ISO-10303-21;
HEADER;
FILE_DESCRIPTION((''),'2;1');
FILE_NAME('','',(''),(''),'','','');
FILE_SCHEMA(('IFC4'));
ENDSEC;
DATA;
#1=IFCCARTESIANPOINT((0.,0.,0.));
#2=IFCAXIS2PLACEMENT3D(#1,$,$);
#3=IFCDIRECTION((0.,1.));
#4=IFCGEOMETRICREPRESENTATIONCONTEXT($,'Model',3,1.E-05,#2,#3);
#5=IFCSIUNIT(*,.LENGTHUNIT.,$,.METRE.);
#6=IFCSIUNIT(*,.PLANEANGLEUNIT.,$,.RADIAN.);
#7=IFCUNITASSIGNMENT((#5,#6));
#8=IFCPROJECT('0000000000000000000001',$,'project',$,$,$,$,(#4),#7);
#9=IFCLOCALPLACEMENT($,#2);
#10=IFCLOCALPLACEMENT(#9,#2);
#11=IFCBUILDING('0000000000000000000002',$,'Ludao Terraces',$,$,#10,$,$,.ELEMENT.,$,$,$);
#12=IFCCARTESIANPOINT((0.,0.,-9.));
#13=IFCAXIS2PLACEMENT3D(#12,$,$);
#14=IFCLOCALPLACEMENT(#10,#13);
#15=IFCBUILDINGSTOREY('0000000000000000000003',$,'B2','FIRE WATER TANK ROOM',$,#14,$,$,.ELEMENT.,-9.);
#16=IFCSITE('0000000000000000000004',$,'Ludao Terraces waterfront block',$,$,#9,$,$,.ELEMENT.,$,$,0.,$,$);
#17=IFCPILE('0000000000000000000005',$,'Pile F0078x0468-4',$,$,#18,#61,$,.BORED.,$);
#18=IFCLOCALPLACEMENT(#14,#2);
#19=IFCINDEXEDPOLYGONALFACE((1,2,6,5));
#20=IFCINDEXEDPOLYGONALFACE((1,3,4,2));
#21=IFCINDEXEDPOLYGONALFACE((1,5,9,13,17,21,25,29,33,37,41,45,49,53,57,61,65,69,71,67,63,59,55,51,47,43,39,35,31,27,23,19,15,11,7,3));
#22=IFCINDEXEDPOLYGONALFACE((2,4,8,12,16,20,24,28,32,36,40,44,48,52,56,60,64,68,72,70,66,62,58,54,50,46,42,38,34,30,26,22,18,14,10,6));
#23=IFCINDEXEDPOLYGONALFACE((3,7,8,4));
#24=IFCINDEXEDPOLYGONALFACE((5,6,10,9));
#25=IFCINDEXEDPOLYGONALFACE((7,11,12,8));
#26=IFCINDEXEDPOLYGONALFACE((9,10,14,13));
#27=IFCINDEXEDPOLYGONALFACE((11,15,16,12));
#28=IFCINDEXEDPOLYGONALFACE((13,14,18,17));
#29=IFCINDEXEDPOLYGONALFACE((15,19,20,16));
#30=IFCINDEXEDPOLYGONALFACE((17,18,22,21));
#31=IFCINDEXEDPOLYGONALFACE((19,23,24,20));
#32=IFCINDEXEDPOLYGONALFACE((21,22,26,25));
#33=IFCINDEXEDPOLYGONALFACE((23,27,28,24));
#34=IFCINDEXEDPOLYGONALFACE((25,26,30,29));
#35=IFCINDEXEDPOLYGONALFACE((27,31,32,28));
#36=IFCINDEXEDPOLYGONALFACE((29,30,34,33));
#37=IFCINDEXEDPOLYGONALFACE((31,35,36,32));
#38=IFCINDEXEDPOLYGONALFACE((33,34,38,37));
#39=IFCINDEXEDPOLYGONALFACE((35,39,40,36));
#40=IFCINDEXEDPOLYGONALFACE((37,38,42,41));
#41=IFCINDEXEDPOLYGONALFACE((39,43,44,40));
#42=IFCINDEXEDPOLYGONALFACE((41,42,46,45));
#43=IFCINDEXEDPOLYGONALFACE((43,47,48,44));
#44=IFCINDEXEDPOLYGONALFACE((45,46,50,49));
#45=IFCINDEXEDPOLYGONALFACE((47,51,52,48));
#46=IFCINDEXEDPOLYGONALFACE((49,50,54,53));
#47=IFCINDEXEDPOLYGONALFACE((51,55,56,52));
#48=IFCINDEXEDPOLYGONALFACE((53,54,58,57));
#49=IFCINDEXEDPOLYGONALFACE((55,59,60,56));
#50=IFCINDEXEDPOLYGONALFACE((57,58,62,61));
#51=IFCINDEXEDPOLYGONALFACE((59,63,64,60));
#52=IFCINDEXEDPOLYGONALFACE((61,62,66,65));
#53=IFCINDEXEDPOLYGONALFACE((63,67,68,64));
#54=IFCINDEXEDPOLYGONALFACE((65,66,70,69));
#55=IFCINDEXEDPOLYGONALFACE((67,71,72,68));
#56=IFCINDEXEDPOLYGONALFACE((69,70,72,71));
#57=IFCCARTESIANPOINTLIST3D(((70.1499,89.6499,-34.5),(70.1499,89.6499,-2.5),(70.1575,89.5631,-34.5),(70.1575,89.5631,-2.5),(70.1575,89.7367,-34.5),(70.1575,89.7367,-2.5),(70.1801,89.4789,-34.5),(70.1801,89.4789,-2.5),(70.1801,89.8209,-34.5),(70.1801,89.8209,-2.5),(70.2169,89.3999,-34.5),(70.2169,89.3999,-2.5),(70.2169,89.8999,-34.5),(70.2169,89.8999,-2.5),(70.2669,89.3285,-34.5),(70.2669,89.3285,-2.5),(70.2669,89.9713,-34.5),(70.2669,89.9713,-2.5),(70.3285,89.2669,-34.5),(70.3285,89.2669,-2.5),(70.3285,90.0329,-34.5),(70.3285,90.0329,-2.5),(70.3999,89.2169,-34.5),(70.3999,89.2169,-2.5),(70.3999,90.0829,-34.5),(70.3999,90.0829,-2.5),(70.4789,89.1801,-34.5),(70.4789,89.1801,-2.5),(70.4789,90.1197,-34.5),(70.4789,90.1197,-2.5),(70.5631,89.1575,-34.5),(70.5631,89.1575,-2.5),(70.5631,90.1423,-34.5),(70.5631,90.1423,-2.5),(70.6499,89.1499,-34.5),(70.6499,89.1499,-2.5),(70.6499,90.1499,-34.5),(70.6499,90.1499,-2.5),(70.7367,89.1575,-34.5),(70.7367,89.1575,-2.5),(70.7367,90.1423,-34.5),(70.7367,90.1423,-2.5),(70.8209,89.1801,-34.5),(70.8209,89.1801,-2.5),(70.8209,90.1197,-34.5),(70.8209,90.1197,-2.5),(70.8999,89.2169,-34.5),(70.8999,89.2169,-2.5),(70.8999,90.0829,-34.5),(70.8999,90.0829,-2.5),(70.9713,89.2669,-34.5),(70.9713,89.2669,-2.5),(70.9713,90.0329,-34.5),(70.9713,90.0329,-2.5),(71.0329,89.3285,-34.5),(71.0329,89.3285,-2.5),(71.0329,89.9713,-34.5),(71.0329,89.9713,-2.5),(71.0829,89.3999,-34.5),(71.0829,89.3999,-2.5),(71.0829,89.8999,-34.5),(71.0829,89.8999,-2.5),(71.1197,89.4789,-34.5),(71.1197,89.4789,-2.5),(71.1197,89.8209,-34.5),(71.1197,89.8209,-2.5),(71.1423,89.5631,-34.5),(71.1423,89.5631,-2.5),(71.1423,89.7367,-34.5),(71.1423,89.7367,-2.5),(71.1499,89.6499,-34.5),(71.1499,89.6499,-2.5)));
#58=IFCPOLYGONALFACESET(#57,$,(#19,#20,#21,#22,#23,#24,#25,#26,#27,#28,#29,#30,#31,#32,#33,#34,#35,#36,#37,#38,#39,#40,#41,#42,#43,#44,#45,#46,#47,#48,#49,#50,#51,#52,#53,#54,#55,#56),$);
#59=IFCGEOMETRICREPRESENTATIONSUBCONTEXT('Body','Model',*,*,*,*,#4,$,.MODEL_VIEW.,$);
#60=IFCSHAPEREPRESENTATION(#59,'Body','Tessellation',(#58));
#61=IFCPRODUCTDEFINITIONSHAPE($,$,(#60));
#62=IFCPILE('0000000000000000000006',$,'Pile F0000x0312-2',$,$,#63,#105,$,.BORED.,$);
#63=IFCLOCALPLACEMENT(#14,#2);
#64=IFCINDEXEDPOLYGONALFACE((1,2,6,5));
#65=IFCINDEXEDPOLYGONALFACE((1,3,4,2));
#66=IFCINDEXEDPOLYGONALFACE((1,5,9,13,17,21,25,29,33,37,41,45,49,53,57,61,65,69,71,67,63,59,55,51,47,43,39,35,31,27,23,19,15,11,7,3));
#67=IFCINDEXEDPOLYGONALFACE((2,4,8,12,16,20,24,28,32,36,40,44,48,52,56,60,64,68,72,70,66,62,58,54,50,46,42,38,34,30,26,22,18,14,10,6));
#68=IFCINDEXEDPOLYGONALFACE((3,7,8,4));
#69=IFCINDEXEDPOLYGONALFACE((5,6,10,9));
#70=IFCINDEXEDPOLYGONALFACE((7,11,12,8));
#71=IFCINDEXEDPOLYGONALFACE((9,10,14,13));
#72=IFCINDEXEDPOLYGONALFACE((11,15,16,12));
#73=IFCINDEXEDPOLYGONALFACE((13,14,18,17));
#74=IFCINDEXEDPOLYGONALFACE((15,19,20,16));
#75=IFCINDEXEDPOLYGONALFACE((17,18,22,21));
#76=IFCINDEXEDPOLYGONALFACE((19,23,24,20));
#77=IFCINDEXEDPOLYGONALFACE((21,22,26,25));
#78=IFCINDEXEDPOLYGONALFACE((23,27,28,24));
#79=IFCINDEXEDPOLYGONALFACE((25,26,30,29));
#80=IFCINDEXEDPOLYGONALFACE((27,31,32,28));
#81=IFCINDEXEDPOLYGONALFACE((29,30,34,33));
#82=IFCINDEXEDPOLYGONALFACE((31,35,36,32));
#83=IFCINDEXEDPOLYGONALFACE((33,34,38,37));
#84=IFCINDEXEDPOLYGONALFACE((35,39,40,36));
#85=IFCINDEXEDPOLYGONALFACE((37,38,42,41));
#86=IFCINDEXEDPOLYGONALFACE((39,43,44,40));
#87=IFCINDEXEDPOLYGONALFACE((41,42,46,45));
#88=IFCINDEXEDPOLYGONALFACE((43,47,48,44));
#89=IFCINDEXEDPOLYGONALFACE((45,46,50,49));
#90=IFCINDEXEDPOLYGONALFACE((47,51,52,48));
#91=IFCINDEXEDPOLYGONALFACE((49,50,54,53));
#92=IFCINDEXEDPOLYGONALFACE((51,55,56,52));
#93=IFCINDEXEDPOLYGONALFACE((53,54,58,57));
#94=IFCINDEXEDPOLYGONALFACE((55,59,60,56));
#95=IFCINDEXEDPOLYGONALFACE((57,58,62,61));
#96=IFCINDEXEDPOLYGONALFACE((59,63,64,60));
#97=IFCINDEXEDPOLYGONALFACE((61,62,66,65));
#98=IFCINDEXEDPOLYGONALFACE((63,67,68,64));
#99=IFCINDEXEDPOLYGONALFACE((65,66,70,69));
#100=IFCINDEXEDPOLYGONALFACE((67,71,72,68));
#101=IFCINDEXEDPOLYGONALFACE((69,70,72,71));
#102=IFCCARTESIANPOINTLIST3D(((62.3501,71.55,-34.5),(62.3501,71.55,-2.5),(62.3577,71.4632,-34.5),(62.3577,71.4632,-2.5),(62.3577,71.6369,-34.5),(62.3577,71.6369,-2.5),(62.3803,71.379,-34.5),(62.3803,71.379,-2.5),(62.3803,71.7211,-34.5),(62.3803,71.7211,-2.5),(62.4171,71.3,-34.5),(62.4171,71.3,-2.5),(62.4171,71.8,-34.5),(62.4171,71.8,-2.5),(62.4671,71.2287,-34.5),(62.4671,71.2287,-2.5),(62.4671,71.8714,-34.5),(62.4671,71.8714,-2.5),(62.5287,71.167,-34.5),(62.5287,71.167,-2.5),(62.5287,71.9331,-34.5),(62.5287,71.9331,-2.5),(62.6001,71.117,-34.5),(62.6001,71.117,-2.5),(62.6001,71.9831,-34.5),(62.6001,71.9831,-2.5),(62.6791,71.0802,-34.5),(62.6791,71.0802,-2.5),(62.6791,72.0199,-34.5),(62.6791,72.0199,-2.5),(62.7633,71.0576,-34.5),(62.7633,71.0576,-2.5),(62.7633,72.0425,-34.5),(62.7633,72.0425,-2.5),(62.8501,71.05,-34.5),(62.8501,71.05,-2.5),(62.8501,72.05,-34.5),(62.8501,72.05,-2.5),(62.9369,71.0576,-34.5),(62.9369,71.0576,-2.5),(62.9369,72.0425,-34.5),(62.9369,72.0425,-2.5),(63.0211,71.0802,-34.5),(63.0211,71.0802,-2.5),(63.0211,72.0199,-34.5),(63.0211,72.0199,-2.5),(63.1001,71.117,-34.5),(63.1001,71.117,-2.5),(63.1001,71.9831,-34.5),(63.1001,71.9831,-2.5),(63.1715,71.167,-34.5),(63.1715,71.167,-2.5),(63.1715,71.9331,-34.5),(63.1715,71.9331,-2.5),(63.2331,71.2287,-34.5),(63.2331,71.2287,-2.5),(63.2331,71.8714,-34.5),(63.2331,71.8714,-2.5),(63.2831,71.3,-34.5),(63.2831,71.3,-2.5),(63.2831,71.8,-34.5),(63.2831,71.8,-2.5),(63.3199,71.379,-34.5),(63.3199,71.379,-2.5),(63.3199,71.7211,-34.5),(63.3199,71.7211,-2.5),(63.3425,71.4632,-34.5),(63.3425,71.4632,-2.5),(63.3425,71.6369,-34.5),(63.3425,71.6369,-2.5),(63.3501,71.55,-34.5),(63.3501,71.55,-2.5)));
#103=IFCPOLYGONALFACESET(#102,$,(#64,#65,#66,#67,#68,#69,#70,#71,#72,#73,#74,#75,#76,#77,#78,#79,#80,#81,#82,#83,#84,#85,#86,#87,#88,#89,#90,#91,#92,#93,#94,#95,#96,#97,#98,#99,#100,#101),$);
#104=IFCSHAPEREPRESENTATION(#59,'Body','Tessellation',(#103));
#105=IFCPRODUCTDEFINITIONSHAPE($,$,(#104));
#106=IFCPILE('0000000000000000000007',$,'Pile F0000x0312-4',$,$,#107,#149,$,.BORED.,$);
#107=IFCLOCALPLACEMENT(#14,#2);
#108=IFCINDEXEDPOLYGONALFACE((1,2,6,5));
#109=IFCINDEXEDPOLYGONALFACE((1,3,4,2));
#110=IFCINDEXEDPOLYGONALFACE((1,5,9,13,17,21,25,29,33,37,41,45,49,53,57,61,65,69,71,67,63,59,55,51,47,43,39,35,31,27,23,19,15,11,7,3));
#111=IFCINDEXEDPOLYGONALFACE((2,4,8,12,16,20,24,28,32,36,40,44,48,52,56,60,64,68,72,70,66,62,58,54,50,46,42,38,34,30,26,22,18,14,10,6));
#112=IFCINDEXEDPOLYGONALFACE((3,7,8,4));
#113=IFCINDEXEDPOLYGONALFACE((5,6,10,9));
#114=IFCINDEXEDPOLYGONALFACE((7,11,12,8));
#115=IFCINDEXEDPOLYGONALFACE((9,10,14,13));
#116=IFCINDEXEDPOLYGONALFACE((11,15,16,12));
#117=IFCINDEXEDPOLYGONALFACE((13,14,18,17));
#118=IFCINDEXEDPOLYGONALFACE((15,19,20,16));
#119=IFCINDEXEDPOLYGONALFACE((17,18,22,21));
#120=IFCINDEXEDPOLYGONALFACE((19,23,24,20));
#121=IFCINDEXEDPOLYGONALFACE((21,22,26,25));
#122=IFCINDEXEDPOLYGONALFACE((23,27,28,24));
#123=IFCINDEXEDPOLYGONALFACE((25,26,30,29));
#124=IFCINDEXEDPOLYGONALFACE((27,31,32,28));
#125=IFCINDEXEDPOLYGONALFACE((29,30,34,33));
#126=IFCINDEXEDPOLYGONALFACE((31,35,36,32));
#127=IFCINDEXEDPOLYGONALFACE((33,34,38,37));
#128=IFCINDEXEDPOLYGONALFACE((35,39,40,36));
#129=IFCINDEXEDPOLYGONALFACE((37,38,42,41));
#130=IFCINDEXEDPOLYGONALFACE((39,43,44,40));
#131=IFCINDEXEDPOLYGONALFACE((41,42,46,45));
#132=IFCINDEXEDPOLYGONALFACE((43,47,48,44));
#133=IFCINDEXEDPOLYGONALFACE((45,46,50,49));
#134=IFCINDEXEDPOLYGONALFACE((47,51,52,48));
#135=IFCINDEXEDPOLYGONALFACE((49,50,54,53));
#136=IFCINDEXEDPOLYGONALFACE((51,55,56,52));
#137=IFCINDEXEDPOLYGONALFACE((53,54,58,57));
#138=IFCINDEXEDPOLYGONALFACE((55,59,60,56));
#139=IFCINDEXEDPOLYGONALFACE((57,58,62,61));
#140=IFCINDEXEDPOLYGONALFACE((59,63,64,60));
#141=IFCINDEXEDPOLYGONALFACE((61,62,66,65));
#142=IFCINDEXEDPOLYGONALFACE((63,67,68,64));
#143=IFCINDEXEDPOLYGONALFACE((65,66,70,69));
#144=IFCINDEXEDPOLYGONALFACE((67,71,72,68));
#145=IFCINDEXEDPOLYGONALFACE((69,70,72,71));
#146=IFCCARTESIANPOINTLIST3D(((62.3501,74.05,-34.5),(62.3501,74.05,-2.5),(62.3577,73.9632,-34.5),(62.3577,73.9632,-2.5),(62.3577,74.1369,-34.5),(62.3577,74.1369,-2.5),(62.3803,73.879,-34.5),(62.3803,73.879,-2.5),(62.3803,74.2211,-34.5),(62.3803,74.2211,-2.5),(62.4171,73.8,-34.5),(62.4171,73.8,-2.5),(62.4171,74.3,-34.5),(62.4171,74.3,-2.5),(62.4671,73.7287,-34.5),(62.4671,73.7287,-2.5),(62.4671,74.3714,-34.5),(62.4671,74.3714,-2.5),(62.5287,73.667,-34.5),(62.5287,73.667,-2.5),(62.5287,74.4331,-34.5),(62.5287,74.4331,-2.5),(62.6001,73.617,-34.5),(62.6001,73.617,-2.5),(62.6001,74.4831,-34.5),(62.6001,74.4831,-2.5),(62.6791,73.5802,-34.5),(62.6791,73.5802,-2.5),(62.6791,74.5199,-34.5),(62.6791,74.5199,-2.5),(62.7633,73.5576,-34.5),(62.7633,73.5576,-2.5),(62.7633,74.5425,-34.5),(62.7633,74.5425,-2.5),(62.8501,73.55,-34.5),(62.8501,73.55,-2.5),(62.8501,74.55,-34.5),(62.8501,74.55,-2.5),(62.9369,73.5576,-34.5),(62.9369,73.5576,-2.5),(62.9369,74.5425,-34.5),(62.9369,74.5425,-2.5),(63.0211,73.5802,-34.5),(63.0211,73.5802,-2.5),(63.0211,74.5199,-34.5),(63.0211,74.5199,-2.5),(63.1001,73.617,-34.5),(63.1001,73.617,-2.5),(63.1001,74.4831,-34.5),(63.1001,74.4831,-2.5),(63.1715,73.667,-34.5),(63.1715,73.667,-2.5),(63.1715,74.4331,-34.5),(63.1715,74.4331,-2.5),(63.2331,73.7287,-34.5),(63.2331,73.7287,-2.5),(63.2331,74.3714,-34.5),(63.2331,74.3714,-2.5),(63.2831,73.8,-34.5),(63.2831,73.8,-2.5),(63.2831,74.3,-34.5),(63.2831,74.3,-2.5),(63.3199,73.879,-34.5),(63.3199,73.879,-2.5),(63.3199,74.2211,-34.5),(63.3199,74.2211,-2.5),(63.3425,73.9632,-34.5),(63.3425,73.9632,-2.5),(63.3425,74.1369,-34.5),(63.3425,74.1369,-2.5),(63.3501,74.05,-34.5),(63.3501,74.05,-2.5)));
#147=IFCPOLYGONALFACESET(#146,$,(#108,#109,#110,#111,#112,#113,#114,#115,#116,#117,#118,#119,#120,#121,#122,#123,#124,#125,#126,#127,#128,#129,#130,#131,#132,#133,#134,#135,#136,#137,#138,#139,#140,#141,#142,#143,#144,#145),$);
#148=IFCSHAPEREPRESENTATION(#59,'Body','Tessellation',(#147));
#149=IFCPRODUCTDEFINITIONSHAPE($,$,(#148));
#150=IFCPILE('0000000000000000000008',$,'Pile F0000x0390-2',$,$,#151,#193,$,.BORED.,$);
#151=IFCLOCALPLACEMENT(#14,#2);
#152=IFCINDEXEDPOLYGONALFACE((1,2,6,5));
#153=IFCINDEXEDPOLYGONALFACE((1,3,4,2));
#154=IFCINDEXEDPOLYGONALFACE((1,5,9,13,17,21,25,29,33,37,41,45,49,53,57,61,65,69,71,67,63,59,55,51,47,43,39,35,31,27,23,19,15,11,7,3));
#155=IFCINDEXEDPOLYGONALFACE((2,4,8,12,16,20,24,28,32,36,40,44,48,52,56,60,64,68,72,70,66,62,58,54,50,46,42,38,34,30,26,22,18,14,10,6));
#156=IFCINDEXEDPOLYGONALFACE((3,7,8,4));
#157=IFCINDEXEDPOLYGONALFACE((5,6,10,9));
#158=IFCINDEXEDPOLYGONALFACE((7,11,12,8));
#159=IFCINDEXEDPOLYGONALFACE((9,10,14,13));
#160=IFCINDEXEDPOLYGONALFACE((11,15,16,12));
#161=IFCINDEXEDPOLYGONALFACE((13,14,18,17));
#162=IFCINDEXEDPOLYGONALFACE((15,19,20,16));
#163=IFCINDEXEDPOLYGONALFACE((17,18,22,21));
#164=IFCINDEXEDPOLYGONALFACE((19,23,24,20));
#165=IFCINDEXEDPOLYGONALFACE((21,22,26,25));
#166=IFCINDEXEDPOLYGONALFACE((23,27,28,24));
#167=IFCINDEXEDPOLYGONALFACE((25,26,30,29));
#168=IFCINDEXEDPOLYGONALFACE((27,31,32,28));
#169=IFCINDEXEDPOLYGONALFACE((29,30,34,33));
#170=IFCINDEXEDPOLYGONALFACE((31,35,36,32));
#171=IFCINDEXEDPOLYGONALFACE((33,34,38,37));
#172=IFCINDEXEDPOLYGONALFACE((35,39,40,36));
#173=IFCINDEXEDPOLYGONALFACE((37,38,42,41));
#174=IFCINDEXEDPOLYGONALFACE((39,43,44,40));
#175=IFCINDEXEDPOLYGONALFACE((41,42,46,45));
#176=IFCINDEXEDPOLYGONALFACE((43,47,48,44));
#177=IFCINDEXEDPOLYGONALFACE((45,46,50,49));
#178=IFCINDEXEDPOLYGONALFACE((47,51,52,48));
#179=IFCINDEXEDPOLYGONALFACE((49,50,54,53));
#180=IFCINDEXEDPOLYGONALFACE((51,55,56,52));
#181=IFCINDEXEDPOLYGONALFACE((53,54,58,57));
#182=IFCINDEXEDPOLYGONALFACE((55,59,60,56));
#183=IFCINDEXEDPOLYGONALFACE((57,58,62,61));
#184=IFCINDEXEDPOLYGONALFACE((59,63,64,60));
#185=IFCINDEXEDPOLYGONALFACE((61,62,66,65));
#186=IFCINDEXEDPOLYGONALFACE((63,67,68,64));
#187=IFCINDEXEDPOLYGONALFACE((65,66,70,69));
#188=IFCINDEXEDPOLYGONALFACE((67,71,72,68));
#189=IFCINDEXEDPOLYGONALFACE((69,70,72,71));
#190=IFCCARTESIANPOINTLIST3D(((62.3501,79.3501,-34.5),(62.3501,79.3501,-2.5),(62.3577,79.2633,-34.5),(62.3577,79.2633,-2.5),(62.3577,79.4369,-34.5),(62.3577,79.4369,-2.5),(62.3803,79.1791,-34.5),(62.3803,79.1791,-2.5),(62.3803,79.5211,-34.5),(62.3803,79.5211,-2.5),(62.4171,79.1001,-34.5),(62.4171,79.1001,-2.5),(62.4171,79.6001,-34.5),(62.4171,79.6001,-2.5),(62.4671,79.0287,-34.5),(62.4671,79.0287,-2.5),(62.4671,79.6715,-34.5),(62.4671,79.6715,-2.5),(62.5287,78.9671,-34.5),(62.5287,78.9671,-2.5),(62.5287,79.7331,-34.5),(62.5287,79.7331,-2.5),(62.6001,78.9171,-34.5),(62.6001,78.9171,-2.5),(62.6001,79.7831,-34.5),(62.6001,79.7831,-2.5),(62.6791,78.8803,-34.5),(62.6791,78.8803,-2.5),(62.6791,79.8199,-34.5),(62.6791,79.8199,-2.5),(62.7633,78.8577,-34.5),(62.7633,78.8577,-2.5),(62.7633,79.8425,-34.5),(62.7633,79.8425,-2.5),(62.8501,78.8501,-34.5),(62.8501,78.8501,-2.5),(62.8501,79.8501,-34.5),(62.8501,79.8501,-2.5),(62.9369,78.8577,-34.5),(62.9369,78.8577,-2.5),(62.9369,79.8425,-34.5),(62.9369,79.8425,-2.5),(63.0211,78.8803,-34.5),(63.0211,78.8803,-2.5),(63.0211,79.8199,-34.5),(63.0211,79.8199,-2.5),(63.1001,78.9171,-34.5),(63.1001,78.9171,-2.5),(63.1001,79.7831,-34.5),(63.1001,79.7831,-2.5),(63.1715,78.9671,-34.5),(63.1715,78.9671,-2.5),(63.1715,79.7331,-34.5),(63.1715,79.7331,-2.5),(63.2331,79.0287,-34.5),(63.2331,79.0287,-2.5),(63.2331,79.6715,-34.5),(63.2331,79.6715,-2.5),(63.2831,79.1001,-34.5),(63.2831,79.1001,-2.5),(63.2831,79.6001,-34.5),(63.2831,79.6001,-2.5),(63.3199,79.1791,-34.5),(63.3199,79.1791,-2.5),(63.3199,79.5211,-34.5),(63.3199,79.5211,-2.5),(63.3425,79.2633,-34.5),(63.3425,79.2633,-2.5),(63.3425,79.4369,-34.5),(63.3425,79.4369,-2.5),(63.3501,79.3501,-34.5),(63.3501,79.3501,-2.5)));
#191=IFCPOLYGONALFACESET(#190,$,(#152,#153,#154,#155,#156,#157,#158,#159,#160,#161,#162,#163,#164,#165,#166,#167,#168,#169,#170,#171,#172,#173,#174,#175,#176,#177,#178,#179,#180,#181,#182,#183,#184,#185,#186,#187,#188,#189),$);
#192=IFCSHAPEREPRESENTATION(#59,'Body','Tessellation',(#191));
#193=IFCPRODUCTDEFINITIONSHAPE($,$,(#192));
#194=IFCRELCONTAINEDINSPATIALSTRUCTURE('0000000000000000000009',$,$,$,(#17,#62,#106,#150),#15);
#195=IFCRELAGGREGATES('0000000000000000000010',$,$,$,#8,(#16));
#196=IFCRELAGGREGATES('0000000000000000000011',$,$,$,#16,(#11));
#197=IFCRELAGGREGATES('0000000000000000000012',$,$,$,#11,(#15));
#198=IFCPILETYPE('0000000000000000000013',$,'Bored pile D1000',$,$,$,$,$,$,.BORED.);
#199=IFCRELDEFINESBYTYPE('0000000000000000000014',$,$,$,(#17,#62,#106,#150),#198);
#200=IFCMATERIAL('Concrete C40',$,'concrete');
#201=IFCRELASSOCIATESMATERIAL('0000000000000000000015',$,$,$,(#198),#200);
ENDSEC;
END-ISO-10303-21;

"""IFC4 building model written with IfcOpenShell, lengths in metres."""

from ifc_helpers import new_model, si_unit, direction, frame, origin, origin_2d, place, context, subcontext, project, spatial, circle, extrude, material, material_profile, profile_set, type_object, element, save


model = new_model("IFC4")

# Units and contexts
model_context = context("Model", 3, precision=1e-05, world=origin(), true_north=direction((0.0, 1.0)))
body_context = subcontext(model_context, "Body", "Model", "MODEL_VIEW")
ifc_project = project(units=[si_unit("LENGTHUNIT", "METRE"), si_unit("PLANEANGLEUNIT", "RADIAN")], contexts=[model_context])

# Site, building, storey
site_placement = place(None, origin())
site = spatial("IfcSite", under=ifc_project, at=site_placement, Name="Ludao Terraces waterfront block", CompositionType="ELEMENT", RefElevation=0.0)
building_placement = place(site_placement, origin())
building = spatial("IfcBuilding", under=site, at=building_placement, Name="Ludao Terraces", CompositionType="ELEMENT")
storey_placement = place(building_placement, frame((0.0, 0.0, -9.0)))
storey = spatial("IfcBuildingStorey", under=building, at=storey_placement, Name="B2", Description="FIRE WATER TANK ROOM", CompositionType="ELEMENT", Elevation=-9.0)

# Piles
ifc_material_1 = material(Name="Concrete C40", Category="concrete")
ifc_material_profile_1 = material_profile(ifc_material_1, circle(Radius=0.5, at=origin_2d()), Name="D1000 BORED PILE")
ifc_profile_set_1 = profile_set([ifc_material_profile_1], Name="Concrete C40")
pile_type = type_object("IfcPileType", Name="Bored pile D1000", PredefinedType="BORED", material=ifc_profile_set_1)
for number, where, z_axis, x_axis, name in (
    (1, (70.6499, 89.6499, -2.5), (0.0, 0.0, -1.0), (1.0, 0.0, 0.0), "Pile F0078x0468-4"),
    (2, (62.8501, 71.55, -2.5), (0.0, 0.0, -1.0), (1.0, 0.0, 0.0), "Pile F0000x0312-2"),
    (3, (62.8501, 74.05, -2.5), (0.0, 0.0, -1.0), (1.0, 0.0, 0.0), "Pile F0000x0312-4"),
    (4, (62.8501, 79.3501, -2.5), (0.0, 0.0, -1.0), (1.0, 0.0, 0.0), "Pile F0000x0390-2"),
):
    element("IfcPile", number, at=place(storey_placement, frame(where, z_axis=z_axis, x_axis=x_axis)), inside=storey, type_object=pile_type, Name=name, PredefinedType="BORED", context=body_context, shape_type="SweptSolid", body=[
        extrude(circle(Radius=0.5, at=origin_2d()), origin(), (0.0, 0.0, 1.0), 32.0),
    ])

save(model, "model.ifc")
